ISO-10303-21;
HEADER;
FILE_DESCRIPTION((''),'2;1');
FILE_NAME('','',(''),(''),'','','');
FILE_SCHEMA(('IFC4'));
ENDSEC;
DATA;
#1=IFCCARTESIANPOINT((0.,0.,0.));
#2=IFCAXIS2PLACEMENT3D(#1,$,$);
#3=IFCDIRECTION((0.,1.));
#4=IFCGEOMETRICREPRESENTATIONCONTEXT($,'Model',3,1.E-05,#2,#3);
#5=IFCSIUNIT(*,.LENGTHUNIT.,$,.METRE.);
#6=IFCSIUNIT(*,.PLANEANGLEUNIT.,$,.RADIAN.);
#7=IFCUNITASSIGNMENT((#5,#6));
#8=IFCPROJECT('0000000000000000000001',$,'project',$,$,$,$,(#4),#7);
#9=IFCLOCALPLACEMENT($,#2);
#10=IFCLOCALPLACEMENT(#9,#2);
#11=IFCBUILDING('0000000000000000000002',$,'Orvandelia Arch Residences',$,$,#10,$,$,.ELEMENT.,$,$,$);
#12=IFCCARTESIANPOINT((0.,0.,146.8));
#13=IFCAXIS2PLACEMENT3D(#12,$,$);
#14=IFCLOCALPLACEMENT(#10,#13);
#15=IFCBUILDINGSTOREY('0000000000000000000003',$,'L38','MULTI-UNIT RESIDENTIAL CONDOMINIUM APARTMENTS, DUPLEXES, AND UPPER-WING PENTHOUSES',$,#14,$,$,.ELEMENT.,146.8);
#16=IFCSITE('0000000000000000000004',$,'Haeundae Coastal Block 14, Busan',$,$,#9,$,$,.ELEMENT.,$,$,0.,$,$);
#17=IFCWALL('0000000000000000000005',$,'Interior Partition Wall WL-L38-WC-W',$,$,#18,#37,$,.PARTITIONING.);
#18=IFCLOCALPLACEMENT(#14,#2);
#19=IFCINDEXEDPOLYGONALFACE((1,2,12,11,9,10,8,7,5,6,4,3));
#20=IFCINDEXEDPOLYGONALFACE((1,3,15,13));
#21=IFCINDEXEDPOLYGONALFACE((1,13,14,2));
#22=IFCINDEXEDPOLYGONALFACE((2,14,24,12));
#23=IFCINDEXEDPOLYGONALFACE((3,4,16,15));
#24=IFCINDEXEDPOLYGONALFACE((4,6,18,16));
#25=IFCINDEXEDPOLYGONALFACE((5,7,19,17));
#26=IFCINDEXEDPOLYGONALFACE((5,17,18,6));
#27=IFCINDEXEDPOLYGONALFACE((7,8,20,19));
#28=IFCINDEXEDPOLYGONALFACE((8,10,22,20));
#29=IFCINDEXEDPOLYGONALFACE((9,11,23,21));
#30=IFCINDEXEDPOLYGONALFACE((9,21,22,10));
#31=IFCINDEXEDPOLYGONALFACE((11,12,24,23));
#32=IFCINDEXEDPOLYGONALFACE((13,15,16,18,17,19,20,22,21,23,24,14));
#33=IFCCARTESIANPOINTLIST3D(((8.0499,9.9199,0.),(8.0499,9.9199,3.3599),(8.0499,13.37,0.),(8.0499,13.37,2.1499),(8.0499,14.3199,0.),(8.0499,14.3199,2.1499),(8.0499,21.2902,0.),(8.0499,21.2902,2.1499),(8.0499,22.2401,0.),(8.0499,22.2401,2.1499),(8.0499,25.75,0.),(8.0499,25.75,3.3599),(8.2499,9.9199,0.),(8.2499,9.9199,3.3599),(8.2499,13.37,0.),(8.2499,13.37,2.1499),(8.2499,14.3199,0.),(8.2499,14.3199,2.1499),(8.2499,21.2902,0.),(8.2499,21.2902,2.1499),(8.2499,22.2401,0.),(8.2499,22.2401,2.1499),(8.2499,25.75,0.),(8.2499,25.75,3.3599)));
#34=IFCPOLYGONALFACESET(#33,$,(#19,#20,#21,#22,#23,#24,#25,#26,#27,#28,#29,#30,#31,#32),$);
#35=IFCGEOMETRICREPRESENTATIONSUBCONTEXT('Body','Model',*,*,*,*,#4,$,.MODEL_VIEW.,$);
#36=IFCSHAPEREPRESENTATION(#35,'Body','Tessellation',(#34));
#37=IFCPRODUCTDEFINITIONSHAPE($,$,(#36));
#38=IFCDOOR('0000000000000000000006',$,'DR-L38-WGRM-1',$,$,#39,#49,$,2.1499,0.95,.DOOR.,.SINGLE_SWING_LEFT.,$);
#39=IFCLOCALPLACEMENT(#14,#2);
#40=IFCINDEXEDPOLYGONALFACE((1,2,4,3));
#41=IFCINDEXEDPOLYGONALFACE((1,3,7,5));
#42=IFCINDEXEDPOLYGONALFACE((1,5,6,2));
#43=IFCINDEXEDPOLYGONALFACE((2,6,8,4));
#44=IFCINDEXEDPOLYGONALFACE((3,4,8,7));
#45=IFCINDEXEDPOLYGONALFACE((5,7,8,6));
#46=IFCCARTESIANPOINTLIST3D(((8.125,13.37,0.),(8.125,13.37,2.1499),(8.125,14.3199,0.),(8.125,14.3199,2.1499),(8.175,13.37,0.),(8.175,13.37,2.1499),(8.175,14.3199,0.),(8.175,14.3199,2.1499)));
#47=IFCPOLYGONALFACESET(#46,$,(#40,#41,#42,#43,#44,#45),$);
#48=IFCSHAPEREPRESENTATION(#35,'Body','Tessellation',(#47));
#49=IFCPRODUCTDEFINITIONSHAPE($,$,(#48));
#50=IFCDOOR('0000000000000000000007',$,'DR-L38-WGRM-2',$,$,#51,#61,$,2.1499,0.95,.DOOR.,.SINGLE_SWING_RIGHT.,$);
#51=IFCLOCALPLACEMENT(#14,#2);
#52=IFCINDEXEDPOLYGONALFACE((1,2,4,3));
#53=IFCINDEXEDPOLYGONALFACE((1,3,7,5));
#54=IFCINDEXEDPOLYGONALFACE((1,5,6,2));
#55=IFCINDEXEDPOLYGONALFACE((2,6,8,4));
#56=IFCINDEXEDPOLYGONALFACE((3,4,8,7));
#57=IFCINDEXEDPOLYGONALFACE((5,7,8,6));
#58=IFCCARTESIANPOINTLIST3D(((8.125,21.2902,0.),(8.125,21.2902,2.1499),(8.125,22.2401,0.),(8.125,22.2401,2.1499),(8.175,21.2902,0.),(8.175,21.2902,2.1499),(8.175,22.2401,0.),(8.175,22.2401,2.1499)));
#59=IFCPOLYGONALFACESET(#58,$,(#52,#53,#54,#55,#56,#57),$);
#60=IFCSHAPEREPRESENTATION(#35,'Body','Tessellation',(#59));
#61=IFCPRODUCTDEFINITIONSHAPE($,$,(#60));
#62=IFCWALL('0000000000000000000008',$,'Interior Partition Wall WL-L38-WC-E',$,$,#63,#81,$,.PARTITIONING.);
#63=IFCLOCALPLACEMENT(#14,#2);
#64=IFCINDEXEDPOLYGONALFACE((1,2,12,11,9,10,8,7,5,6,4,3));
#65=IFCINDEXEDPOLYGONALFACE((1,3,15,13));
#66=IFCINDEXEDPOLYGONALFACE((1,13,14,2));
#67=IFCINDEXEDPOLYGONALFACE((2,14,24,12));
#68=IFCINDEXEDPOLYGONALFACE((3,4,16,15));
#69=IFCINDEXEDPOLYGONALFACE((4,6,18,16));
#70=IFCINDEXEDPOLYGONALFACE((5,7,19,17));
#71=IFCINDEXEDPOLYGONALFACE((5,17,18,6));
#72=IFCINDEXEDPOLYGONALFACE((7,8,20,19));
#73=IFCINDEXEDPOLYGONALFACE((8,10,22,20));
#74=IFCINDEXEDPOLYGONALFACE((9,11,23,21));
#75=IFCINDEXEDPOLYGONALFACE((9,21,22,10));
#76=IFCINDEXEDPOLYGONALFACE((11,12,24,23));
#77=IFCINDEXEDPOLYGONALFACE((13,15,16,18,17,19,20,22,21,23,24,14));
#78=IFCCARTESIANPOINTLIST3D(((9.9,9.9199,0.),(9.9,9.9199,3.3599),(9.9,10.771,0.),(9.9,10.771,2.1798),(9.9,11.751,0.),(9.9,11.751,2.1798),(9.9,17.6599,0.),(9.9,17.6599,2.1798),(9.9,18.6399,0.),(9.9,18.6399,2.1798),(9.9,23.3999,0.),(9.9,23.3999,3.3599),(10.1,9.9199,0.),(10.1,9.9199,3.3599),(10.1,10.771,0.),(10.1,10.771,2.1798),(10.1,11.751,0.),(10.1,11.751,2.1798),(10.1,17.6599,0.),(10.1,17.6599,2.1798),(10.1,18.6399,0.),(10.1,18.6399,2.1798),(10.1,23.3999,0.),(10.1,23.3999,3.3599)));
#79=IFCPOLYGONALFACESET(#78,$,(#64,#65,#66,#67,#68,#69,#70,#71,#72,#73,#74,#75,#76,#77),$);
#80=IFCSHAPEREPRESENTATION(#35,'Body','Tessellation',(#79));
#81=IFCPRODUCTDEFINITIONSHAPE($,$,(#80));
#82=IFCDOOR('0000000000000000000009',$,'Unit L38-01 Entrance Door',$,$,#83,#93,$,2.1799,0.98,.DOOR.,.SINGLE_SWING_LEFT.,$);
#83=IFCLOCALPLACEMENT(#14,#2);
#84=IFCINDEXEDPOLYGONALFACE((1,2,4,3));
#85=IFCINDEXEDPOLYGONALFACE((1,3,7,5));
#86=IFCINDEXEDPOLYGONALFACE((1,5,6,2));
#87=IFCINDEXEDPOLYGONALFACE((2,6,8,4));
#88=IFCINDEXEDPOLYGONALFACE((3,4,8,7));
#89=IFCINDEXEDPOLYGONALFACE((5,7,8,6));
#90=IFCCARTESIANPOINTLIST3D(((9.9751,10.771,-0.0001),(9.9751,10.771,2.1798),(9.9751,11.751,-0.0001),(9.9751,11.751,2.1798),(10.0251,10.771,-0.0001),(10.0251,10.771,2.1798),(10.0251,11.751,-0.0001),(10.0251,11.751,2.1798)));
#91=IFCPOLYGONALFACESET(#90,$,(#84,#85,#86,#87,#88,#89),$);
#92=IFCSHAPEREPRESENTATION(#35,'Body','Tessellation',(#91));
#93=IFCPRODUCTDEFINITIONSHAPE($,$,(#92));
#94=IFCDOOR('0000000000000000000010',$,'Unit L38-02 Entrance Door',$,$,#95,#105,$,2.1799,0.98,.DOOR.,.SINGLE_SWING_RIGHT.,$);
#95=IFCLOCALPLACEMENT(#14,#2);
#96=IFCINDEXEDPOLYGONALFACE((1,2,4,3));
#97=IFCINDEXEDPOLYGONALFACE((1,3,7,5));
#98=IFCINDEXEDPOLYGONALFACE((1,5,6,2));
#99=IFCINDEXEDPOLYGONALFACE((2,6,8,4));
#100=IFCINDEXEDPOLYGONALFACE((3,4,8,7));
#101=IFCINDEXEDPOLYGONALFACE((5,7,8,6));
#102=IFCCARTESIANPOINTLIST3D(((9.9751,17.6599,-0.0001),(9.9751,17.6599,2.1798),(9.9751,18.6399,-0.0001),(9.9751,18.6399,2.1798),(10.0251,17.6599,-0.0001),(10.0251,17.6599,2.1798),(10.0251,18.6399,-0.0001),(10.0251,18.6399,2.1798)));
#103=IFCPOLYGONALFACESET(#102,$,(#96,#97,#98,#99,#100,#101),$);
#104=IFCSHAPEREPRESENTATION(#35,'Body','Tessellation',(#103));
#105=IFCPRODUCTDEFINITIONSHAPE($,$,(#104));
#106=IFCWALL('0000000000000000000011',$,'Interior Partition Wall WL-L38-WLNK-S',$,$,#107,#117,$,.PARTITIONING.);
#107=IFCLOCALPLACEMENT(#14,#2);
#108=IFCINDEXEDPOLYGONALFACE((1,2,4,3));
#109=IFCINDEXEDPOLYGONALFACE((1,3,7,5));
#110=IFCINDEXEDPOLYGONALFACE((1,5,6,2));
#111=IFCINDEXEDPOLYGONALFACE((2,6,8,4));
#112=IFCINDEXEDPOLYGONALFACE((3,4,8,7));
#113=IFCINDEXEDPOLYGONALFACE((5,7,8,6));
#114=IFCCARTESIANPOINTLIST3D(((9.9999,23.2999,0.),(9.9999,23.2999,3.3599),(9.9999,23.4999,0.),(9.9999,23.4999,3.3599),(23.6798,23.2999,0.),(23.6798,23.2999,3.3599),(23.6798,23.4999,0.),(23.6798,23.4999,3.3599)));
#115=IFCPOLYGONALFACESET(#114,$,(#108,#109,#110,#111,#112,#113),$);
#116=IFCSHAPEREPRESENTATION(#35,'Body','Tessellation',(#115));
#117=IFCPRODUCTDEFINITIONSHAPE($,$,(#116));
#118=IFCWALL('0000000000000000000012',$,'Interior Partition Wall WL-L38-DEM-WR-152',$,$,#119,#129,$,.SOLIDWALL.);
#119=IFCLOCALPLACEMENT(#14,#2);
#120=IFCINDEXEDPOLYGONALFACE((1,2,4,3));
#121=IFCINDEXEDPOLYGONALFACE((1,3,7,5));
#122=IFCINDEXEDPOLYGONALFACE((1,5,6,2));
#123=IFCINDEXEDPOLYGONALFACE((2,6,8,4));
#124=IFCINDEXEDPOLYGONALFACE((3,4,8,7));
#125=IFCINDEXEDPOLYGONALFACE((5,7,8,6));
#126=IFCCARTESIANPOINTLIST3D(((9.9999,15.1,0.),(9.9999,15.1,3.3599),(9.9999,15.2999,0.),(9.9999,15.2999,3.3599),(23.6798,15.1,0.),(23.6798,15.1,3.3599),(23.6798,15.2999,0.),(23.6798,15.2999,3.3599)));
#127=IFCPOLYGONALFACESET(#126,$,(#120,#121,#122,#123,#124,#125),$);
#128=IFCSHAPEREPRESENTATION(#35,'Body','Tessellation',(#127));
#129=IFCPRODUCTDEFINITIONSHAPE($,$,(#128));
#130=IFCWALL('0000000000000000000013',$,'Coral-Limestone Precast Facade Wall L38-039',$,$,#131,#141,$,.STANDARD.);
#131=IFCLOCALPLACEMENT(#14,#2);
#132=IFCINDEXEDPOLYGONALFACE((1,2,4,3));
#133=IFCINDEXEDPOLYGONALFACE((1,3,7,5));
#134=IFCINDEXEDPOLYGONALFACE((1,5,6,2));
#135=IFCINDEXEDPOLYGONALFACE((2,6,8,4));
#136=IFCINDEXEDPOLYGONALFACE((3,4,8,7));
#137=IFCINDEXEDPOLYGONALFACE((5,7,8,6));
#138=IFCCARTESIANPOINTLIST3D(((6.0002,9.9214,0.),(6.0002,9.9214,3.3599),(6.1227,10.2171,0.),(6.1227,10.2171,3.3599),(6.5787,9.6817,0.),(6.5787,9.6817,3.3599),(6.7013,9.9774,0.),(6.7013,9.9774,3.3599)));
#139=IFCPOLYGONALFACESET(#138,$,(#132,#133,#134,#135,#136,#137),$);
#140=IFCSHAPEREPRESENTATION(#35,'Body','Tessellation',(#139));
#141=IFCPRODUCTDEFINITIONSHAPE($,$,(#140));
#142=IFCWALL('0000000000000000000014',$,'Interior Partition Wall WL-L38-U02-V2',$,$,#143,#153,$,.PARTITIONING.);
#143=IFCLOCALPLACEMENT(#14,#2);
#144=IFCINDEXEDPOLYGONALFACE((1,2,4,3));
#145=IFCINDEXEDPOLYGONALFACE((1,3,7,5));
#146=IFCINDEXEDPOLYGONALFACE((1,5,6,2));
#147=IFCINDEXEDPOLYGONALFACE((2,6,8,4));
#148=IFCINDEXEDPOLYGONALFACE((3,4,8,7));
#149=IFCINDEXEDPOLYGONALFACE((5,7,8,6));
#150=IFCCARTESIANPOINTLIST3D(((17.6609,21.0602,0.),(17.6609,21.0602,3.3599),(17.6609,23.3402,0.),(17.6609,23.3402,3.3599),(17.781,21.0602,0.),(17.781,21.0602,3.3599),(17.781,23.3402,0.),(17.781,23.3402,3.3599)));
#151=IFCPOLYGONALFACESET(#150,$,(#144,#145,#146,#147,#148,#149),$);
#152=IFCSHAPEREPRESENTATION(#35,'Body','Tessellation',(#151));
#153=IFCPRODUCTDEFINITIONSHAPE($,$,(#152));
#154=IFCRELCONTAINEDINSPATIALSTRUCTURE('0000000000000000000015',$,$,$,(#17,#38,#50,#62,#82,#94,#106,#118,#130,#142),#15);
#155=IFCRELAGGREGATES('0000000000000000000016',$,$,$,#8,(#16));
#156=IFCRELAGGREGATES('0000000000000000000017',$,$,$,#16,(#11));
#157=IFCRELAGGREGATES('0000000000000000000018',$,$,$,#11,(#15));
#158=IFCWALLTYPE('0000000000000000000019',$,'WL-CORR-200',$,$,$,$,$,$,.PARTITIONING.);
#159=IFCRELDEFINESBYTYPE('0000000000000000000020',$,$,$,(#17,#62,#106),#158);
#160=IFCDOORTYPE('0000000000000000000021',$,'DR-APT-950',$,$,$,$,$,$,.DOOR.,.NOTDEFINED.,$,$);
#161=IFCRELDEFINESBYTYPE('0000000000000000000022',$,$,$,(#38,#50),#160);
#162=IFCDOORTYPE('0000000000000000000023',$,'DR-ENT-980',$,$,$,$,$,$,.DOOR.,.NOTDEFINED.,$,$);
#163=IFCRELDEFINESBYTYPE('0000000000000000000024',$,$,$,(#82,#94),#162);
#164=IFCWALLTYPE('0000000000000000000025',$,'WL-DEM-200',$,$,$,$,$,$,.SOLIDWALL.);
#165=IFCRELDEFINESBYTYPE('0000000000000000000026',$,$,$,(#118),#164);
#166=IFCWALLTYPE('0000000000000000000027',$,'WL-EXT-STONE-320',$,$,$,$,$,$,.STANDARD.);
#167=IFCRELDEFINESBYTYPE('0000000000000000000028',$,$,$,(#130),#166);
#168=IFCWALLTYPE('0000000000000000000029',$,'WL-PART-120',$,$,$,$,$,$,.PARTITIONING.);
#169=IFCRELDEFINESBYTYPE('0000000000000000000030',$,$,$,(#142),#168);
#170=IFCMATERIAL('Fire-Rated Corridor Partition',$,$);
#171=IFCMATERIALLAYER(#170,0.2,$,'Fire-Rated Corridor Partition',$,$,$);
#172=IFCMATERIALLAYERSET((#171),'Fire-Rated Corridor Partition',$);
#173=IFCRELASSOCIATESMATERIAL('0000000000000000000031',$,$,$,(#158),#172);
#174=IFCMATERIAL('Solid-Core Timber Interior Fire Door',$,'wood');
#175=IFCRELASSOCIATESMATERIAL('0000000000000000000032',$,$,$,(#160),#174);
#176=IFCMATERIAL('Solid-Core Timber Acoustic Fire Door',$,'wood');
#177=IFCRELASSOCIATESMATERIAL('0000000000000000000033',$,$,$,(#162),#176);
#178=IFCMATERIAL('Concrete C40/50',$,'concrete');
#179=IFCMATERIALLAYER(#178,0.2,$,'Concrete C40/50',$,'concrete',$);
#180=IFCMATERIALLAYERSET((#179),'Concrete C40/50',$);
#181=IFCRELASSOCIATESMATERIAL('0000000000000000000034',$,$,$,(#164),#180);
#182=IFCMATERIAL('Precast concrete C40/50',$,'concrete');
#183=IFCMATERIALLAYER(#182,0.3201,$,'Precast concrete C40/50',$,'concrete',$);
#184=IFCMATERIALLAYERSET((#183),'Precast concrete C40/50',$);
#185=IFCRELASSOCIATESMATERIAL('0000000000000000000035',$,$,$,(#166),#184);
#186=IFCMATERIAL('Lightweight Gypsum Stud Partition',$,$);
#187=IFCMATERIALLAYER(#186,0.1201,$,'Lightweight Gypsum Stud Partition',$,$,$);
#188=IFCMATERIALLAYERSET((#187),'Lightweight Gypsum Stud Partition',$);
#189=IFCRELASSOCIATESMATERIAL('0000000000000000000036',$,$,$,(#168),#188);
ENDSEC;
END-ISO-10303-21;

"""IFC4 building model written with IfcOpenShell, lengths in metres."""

from ifc_helpers import new_model, si_unit, direction, frame, frame_2d, origin, place, context, subcontext, project, spatial, rectangle, extrude, material, layer, layer_set, type_object, element, fill, save


model = new_model("IFC4")

# Units and contexts
model_context = context("Model", 3, precision=1e-05, world=origin(), true_north=direction((0.0, 1.0)))
body_context = subcontext(model_context, "Body", "Model", "MODEL_VIEW")
ifc_project = project(units=[si_unit("LENGTHUNIT", "METRE"), si_unit("PLANEANGLEUNIT", "RADIAN")], contexts=[model_context])

# Site, building, storey
site_placement = place(None, origin())
site = spatial("IfcSite", under=ifc_project, at=site_placement, Name="Haeundae Coastal Block 14, Busan", CompositionType="ELEMENT", RefElevation=0.0)
building_placement = place(site_placement, origin())
building = spatial("IfcBuilding", under=site, at=building_placement, Name="Orvandelia Arch Residences", CompositionType="ELEMENT")
storey_placement = place(building_placement, frame((0.0, 0.0, 146.8)))
storey = spatial("IfcBuildingStorey", under=building, at=storey_placement, Name="L38", Description="MULTI-UNIT RESIDENTIAL CONDOMINIUM APARTMENTS, DUPLEXES, AND UPPER-WING PENTHOUSES", CompositionType="ELEMENT", Elevation=146.8)

# Walls, openings, doors
ifc_material_1 = material(Name="Fire-Rated Corridor Partition")
ifc_layer_1 = layer(ifc_material_1, 0.2, Name="Fire-Rated Corridor Partition")
ifc_layer_set_1 = layer_set([ifc_layer_1], Name="Fire-Rated Corridor Partition")
wall_type_1 = type_object("IfcWallType", Name="WL-CORR-200", PredefinedType="PARTITIONING", material=ifc_layer_set_1)
wall_1_placement = place(storey_placement, frame((8.1499, 9.9199, 0.0), z_axis=(0.0, 0.0, 1.0), x_axis=(0.0, 1.0, 0.0)))
wall_1 = element("IfcWall", 1, at=wall_1_placement, inside=storey, type_object=wall_type_1, Name="Interior Partition Wall WL-L38-WC-W", PredefinedType="PARTITIONING", context=body_context, shape_type="SweptSolid", body=[
    extrude(rectangle(XDim=15.8301, YDim=0.2, at=frame_2d((7.915, 0.0))), origin(), (0.0, 0.0, 1.0), 3.3599),
])
opening_1_placement = place(wall_1_placement, frame((3.45, 0.0, 0.0)))
opening_1 = element("IfcOpeningElement", 2, at=opening_1_placement, cuts=wall_1, PredefinedType="OPENING", context=body_context, shape_type="SweptSolid", body=[
    extrude(rectangle(XDim=0.95, YDim=2.1499, at=frame_2d((0.4751, 1.075))), frame((0.0, 0.1099, 0.0), z_axis=(0.0, -1.0, 0.0), x_axis=(1.0, 0.0, 0.0)), (0.0, 0.0, 1.0), 0.22),
])
opening_2_placement = place(wall_1_placement, frame((11.3701, 0.0, 0.0)))
opening_2 = element("IfcOpeningElement", 3, at=opening_2_placement, cuts=wall_1, PredefinedType="OPENING", context=body_context, shape_type="SweptSolid", body=[
    extrude(rectangle(XDim=0.95, YDim=2.1499, at=frame_2d((0.4751, 1.075))), frame((0.0, 0.1099, 0.0), z_axis=(0.0, -1.0, 0.0), x_axis=(1.0, 0.0, 0.0)), (0.0, 0.0, 1.0), 0.22),
])
ifc_material_2 = material(Name="Solid-Core Timber Interior Fire Door", Category="wood")
door_type_1 = type_object("IfcDoorType", Name="DR-APT-950", OperationType="NOTDEFINED", PredefinedType="DOOR", material=ifc_material_2)
door_1_placement = place(opening_1_placement, origin())
door_1 = element("IfcDoor", 4, at=door_1_placement, inside=storey, type_object=door_type_1, Name="DR-L38-WGRM-1", OperationType="SINGLE_SWING_LEFT", OverallHeight=2.1499, OverallWidth=0.95, PredefinedType="DOOR", context=body_context, shape_type="SweptSolid", body=[
    extrude(rectangle(XDim=0.95, YDim=2.1499, at=frame_2d((0.4751, 1.075))), frame((0.0, 0.0249, 0.0), z_axis=(0.0, -1.0, 0.0), x_axis=(1.0, 0.0, 0.0)), (0.0, 0.0, 1.0), 0.05),
])
fill(opening_1, door_1)
door_2_placement = place(opening_2_placement, origin())
door_2 = element("IfcDoor", 5, at=door_2_placement, inside=storey, type_object=door_type_1, Name="DR-L38-WGRM-2", OperationType="SINGLE_SWING_RIGHT", OverallHeight=2.1499, OverallWidth=0.95, PredefinedType="DOOR", context=body_context, shape_type="SweptSolid", body=[
    extrude(rectangle(XDim=0.95, YDim=2.1499, at=frame_2d((0.4751, 1.075))), frame((0.0, 0.0249, 0.0), z_axis=(0.0, -1.0, 0.0), x_axis=(1.0, 0.0, 0.0)), (0.0, 0.0, 1.0), 0.05),
])
fill(opening_2, door_2)
wall_2_placement = place(storey_placement, frame((10.0, 9.9199, 0.0), z_axis=(0.0, 0.0, 1.0), x_axis=(0.0, 1.0, 0.0)))
wall_2 = element("IfcWall", 6, at=wall_2_placement, inside=storey, type_object=wall_type_1, Name="Interior Partition Wall WL-L38-WC-E", PredefinedType="PARTITIONING", context=body_context, shape_type="SweptSolid", body=[
    extrude(rectangle(XDim=13.48, YDim=0.2, at=frame_2d((6.74, 0.0))), origin(), (0.0, 0.0, 1.0), 3.3599),
])
opening_3_placement = place(wall_2_placement, frame((0.8511, 0.0, 0.0)))
opening_3 = element("IfcOpeningElement", 7, at=opening_3_placement, cuts=wall_2, PredefinedType="OPENING", context=body_context, shape_type="SweptSolid", body=[
    extrude(rectangle(XDim=0.98, YDim=2.1799, at=frame_2d((0.49, 1.0898))), frame((0.0, 0.1099, 0.0), z_axis=(0.0, -1.0, 0.0), x_axis=(1.0, 0.0, 0.0)), (0.0, 0.0, 1.0), 0.22),
])
opening_4_placement = place(wall_2_placement, frame((7.74, 0.0, 0.0)))
opening_4 = element("IfcOpeningElement", 8, at=opening_4_placement, cuts=wall_2, PredefinedType="OPENING", context=body_context, shape_type="SweptSolid", body=[
    extrude(rectangle(XDim=0.98, YDim=2.1799, at=frame_2d((0.49, 1.0898))), frame((0.0, 0.1099, 0.0), z_axis=(0.0, -1.0, 0.0), x_axis=(1.0, 0.0, 0.0)), (0.0, 0.0, 1.0), 0.22),
])
ifc_material_3 = material(Name="Solid-Core Timber Acoustic Fire Door", Category="wood")
door_type_2 = type_object("IfcDoorType", Name="DR-ENT-980", OperationType="NOTDEFINED", PredefinedType="DOOR", material=ifc_material_3)
door_3_placement = place(opening_3_placement, origin())
door_3 = element("IfcDoor", 9, at=door_3_placement, inside=storey, type_object=door_type_2, Name="Unit L38-01 Entrance Door", OperationType="SINGLE_SWING_LEFT", OverallHeight=2.1799, OverallWidth=0.98, PredefinedType="DOOR", context=body_context, shape_type="SweptSolid", body=[
    extrude(rectangle(XDim=0.98, YDim=2.1799, at=frame_2d((0.49, 1.0898))), frame((0.0, 0.0249, 0.0), z_axis=(0.0, -1.0, 0.0), x_axis=(1.0, 0.0, 0.0)), (0.0, 0.0, 1.0), 0.05),
])
fill(opening_3, door_3)
door_4_placement = place(opening_4_placement, origin())
door_4 = element("IfcDoor", 10, at=door_4_placement, inside=storey, type_object=door_type_2, Name="Unit L38-02 Entrance Door", OperationType="SINGLE_SWING_RIGHT", OverallHeight=2.1799, OverallWidth=0.98, PredefinedType="DOOR", context=body_context, shape_type="SweptSolid", body=[
    extrude(rectangle(XDim=0.98, YDim=2.1799, at=frame_2d((0.49, 1.0898))), frame((0.0, 0.0249, 0.0), z_axis=(0.0, -1.0, 0.0), x_axis=(1.0, 0.0, 0.0)), (0.0, 0.0, 1.0), 0.05),
])
fill(opening_4, door_4)

# Walls
wall_3_placement = place(storey_placement, frame((10.0, 23.3999, 0.0), z_axis=(0.0, 0.0, 1.0), x_axis=(1.0, 0.0, 0.0)))
element("IfcWall", 11, at=wall_3_placement, inside=storey, type_object=wall_type_1, Name="Interior Partition Wall WL-L38-WLNK-S", PredefinedType="PARTITIONING", context=body_context, shape_type="SweptSolid", body=[
    extrude(rectangle(XDim=13.6799, YDim=0.2, at=frame_2d((6.8398, 0.0))), origin(), (0.0, 0.0, 1.0), 3.3599),
])
ifc_material_4 = material(Name="Concrete C40/50", Category="concrete")
ifc_layer_2 = layer(ifc_material_4, 0.2, Name="Concrete C40/50", Category="concrete")
ifc_layer_set_2 = layer_set([ifc_layer_2], Name="Concrete C40/50")
wall_type_2 = type_object("IfcWallType", Name="WL-DEM-200", PredefinedType="SOLIDWALL", material=ifc_layer_set_2)
wall_4_placement = place(storey_placement, frame((10.0, 15.2, 0.0), z_axis=(0.0, 0.0, 1.0), x_axis=(1.0, 0.0, 0.0)))
element("IfcWall", 12, at=wall_4_placement, inside=storey, type_object=wall_type_2, Name="Interior Partition Wall WL-L38-DEM-WR-152", PredefinedType="SOLIDWALL", context=body_context, shape_type="SweptSolid", body=[
    extrude(rectangle(XDim=13.6799, YDim=0.2, at=frame_2d((6.8398, 0.0))), origin(), (0.0, 0.0, 1.0), 3.3599),
])
ifc_material_5 = material(Name="Precast concrete C40/50", Category="concrete")
ifc_layer_3 = layer(ifc_material_5, 0.3201, Name="Precast concrete C40/50", Category="concrete")
ifc_layer_set_3 = layer_set([ifc_layer_3], Name="Precast concrete C40/50")
wall_type_3 = type_object("IfcWallType", Name="WL-EXT-STONE-320", PredefinedType="STANDARD", material=ifc_layer_set_3)
wall_5_placement = place(storey_placement, frame((6.6399, 9.8296, 0.0), z_axis=(0.0, 0.0, 1.0), x_axis=(-0.923836, 0.382788, 0.0)))
element("IfcWall", 13, at=wall_5_placement, inside=storey, type_object=wall_type_3, Name="Coral-Limestone Precast Facade Wall L38-039", PredefinedType="STANDARD", context=body_context, shape_type="SweptSolid", body=[
    extrude(rectangle(XDim=0.6262, YDim=0.3201, at=frame_2d((0.313, 0.0))), origin(), (0.0, 0.0, 1.0), 3.3599),
])
ifc_material_6 = material(Name="Lightweight Gypsum Stud Partition")
ifc_layer_4 = layer(ifc_material_6, 0.1201, Name="Lightweight Gypsum Stud Partition")
ifc_layer_set_4 = layer_set([ifc_layer_4], Name="Lightweight Gypsum Stud Partition")
wall_type_4 = type_object("IfcWallType", Name="WL-PART-120", PredefinedType="PARTITIONING", material=ifc_layer_set_4)
wall_6_placement = place(storey_placement, frame((17.7209, 21.0601, 0.0), z_axis=(0.0, 0.0, 1.0), x_axis=(0.0, 1.0, 0.0)))
element("IfcWall", 14, at=wall_6_placement, inside=storey, type_object=wall_type_4, Name="Interior Partition Wall WL-L38-U02-V2", PredefinedType="PARTITIONING", context=body_context, shape_type="SweptSolid", body=[
    extrude(rectangle(XDim=2.28, YDim=0.1201, at=frame_2d((1.1401, 0.0))), origin(), (0.0, 0.0, 1.0), 3.3599),
])

save(model, "model.ifc")
